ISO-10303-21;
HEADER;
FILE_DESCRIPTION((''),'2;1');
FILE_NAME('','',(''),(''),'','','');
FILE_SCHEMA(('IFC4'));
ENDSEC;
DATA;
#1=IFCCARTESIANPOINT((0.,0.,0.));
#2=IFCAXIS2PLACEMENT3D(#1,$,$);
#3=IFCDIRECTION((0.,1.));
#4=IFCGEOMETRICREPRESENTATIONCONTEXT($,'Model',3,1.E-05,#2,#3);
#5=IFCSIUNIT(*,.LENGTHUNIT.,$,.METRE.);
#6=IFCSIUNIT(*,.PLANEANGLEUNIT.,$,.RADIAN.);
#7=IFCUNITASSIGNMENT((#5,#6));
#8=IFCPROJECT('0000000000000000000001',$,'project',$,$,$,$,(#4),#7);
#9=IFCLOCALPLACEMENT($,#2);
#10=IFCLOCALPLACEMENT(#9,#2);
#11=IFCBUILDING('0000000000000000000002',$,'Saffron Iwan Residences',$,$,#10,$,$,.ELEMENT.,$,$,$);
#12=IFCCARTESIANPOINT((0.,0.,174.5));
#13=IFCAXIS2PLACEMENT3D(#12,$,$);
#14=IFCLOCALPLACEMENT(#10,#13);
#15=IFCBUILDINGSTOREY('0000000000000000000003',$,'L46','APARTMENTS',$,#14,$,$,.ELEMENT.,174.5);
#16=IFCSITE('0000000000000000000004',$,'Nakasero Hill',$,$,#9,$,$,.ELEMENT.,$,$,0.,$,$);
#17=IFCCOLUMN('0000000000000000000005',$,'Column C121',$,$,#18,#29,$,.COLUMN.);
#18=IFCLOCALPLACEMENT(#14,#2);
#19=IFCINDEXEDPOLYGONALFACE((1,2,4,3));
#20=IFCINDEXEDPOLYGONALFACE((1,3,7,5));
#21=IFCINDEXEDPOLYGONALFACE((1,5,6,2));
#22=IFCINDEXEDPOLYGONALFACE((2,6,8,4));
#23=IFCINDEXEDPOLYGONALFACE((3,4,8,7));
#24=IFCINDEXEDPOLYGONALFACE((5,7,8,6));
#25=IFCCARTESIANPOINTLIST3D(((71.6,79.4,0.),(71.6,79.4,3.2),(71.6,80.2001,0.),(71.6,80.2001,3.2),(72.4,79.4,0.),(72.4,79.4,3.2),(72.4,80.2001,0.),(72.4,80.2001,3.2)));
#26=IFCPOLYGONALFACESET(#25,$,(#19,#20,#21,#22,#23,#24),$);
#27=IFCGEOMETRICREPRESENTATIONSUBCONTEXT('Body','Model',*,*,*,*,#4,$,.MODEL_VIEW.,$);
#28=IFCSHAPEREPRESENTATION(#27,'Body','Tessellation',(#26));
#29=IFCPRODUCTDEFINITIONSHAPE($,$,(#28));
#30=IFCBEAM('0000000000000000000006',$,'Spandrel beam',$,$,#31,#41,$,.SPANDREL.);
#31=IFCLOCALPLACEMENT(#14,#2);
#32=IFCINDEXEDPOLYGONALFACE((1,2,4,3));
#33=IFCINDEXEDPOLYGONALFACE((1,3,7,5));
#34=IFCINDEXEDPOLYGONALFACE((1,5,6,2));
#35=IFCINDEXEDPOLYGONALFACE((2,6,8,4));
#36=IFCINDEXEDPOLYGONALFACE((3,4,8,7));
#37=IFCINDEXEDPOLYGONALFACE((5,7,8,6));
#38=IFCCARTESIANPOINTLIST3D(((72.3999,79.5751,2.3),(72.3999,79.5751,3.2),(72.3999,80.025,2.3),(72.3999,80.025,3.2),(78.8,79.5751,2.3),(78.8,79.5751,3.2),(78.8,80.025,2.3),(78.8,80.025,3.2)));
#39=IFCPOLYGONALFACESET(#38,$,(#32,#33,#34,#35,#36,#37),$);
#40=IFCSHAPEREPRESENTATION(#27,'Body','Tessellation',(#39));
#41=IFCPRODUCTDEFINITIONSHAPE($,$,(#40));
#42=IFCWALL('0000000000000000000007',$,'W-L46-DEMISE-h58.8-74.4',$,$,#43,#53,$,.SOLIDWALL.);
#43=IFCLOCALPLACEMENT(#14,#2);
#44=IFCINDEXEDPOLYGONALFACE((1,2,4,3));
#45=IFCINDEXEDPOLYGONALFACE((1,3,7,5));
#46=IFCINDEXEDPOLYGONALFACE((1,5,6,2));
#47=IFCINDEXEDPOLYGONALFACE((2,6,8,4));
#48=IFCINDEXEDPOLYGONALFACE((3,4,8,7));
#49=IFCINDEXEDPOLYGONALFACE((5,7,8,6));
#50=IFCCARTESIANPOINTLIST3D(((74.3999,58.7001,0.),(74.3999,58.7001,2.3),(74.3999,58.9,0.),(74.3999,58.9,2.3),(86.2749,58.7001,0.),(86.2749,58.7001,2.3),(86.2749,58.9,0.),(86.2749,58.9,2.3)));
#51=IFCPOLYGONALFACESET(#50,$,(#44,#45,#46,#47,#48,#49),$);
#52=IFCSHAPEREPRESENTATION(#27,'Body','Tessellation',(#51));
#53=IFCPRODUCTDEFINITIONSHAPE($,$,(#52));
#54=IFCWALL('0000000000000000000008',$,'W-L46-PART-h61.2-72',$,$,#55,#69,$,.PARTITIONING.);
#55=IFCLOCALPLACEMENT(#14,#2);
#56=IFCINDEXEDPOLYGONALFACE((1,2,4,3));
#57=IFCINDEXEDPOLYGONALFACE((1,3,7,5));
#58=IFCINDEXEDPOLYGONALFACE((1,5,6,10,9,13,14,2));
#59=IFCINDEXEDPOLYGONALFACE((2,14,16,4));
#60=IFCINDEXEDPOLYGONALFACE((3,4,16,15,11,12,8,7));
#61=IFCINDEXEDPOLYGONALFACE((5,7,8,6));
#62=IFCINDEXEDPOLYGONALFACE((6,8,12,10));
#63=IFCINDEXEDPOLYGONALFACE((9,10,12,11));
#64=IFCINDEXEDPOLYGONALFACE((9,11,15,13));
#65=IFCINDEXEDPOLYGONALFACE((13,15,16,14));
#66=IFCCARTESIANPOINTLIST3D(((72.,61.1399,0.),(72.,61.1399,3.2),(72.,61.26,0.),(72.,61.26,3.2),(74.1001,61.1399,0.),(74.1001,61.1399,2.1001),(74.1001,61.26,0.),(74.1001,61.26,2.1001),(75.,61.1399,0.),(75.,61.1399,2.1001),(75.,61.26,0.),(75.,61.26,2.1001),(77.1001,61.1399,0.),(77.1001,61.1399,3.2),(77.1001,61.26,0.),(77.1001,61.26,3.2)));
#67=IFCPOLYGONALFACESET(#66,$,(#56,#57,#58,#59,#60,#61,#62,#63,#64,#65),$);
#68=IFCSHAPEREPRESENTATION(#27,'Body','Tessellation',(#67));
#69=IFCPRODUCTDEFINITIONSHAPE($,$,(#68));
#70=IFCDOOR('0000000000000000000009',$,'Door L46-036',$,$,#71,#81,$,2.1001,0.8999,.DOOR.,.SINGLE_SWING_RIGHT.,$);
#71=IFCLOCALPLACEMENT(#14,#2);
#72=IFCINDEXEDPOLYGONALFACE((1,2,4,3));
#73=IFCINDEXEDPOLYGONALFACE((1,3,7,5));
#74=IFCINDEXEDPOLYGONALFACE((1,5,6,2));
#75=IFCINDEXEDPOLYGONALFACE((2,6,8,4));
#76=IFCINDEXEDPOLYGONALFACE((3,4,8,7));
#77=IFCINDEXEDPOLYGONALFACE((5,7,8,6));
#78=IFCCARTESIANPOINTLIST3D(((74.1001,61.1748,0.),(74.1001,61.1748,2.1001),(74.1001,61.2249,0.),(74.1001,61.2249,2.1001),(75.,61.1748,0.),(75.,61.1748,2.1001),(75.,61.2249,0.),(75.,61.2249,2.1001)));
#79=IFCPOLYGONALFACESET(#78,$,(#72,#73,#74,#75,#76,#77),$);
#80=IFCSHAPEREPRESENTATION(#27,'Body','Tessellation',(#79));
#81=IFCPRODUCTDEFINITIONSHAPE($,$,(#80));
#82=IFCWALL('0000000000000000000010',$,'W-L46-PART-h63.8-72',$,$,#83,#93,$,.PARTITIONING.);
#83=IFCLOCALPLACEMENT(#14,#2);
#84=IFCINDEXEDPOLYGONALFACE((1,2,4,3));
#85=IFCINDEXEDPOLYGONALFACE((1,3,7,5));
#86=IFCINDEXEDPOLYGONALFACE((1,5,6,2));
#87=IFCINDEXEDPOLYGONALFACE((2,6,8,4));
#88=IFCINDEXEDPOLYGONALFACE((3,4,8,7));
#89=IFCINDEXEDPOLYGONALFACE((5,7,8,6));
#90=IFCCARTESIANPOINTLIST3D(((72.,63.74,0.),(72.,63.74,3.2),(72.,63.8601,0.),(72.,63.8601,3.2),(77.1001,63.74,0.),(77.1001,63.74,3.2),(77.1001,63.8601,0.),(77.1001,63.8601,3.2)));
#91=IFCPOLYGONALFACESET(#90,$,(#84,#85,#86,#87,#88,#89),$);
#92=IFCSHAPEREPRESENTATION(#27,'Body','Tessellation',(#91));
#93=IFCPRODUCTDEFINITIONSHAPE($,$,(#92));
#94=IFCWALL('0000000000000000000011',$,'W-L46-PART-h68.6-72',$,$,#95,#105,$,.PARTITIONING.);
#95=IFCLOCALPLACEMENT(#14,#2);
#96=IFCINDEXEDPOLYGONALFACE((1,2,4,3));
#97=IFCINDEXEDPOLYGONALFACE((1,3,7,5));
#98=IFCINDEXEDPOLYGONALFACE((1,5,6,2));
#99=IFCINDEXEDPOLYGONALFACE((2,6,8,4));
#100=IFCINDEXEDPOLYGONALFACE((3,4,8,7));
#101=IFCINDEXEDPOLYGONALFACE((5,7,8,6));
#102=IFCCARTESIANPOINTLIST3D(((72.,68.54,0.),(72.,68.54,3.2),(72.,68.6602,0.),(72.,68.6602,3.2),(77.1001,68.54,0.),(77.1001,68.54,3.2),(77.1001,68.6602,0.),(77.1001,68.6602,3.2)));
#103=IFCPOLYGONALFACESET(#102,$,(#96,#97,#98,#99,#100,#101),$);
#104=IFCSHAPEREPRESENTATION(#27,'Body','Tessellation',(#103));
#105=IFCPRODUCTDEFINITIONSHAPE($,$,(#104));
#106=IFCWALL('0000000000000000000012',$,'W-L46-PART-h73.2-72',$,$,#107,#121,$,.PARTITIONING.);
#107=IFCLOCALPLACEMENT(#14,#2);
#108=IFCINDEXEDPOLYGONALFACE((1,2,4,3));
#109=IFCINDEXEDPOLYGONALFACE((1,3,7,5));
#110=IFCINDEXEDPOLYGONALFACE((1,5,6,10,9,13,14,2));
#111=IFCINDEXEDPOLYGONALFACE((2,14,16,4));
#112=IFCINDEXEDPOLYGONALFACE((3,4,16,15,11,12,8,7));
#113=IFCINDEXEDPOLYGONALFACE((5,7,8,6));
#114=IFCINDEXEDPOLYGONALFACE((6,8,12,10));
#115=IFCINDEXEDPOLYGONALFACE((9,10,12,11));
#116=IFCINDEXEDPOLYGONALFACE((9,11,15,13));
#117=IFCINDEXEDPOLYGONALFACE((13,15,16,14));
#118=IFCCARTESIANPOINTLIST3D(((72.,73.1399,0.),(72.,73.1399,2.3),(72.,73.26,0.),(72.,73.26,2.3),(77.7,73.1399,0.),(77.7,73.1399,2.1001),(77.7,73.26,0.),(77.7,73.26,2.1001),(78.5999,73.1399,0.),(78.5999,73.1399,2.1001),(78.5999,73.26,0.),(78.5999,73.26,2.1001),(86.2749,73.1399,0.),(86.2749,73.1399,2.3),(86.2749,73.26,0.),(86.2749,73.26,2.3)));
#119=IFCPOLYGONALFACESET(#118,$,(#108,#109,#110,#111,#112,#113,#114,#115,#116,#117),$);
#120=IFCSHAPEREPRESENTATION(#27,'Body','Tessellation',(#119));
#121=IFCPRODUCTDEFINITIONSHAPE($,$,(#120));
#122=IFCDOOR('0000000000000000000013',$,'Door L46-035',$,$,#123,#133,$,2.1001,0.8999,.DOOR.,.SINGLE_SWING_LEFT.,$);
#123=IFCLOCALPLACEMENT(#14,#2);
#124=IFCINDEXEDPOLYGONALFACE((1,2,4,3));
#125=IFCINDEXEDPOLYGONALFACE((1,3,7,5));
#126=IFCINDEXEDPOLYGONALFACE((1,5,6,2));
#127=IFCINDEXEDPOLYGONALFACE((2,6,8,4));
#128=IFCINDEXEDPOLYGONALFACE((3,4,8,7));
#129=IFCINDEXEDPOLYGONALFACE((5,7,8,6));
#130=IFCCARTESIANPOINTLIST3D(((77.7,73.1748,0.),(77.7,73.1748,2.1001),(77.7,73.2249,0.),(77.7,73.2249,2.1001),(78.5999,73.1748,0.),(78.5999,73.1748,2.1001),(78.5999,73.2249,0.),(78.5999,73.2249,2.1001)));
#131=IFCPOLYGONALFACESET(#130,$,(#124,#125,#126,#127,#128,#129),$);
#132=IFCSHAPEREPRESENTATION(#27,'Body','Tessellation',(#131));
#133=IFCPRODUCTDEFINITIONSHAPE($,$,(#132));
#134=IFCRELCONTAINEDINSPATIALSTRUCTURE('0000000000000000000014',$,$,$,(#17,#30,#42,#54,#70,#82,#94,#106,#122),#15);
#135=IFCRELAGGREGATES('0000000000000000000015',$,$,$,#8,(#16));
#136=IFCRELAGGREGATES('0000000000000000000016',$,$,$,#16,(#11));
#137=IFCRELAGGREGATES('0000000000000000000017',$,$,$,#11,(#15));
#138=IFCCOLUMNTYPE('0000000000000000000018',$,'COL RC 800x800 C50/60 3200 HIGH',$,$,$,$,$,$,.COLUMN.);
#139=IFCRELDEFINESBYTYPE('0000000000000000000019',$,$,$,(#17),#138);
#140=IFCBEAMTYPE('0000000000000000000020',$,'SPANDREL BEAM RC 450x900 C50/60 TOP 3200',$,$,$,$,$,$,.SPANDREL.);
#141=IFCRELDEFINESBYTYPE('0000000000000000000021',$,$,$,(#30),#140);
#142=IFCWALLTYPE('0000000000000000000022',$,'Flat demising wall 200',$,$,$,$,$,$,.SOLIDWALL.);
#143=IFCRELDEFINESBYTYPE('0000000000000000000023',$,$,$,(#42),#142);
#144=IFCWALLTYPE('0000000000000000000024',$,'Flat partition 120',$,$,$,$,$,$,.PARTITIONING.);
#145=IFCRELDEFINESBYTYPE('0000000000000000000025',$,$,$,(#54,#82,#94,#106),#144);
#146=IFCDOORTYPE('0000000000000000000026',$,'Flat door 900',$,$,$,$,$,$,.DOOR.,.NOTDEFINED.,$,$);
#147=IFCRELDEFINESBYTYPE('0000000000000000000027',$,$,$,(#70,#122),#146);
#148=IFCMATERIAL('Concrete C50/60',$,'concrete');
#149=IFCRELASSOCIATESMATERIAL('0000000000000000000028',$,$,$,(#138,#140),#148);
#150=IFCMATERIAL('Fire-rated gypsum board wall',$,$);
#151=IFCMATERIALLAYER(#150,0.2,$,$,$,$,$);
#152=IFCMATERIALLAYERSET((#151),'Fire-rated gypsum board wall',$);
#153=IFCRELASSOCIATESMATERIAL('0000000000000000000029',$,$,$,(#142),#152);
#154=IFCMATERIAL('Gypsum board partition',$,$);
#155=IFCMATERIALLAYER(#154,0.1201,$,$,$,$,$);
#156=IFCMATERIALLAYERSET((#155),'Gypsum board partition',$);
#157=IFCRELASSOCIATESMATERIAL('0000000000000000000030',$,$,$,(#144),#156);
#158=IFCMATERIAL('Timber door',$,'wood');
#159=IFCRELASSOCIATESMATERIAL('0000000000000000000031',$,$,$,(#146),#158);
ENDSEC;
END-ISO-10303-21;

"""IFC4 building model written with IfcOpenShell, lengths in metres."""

from ifc_helpers import new_model, si_unit, direction, frame, frame_2d, origin, origin_2d, place, context, subcontext, project, spatial, rectangle, extrude, source, transform, mapped, material, layer, layer_set, material_profile, profile_set, type_object, element, fill, save


model = new_model("IFC4")

# Units and contexts
model_context = context("Model", 3, precision=1e-05, world=origin(), true_north=direction((0.0, 1.0)))
body_context = subcontext(model_context, "Body", "Model", "MODEL_VIEW")
ifc_project = project(units=[si_unit("LENGTHUNIT", "METRE"), si_unit("PLANEANGLEUNIT", "RADIAN")], contexts=[model_context])

# Site, building, storey
site_placement = place(None, origin())
site = spatial("IfcSite", under=ifc_project, at=site_placement, Name="Nakasero Hill", CompositionType="ELEMENT", RefElevation=0.0)
building_placement = place(site_placement, origin())
building = spatial("IfcBuilding", under=site, at=building_placement, Name="Saffron Iwan Residences", CompositionType="ELEMENT")
storey_placement = place(building_placement, frame((0.0, 0.0, 174.5)))
storey = spatial("IfcBuildingStorey", under=building, at=storey_placement, Name="L46", Description="APARTMENTS", CompositionType="ELEMENT", Elevation=174.5)

# Column
ifc_material_1 = material(Name="Concrete C50/60", Category="concrete")
ifc_material_profile_1 = material_profile(ifc_material_1, rectangle(XDim=0.8, YDim=0.8, at=origin_2d()), Name="RC 800x800")
ifc_profile_set_1 = profile_set([ifc_material_profile_1], Name="Concrete C50/60")
column_type = type_object("IfcColumnType", Name="COL RC 800x800 C50/60 3200 HIGH", PredefinedType="COLUMN", material=ifc_profile_set_1)
shared_shape_1 = source(origin(), body_context, "Body", "SweptSolid", [
    extrude(rectangle(XDim=0.8, YDim=0.8, at=origin_2d()), origin(), (0.0, 0.0, 1.0), 3.2),
])
column_placement = place(storey_placement, frame((72.0, 79.8, 0.0), z_axis=(0.0, 0.0, 1.0), x_axis=(1.0, 0.0, 0.0)))
element("IfcColumn", 1, at=column_placement, inside=storey, type_object=column_type, Name="Column C121", PredefinedType="COLUMN", context=body_context, shape_type="MappedRepresentation", body=[
    mapped(shared_shape_1, transform((0.0, 0.0, 0.0))),
])

# Beam
ifc_material_profile_2 = material_profile(ifc_material_1, rectangle(XDim=0.45, YDim=0.8999, at=origin_2d()), Name="RC 450x900")
ifc_profile_set_2 = profile_set([ifc_material_profile_2], Name="Concrete C50/60")
beam_type = type_object("IfcBeamType", Name="SPANDREL BEAM RC 450x900 C50/60 TOP 3200", PredefinedType="SPANDREL", material=ifc_profile_set_2)
shared_shape_2 = source(origin(), body_context, "Body", "SweptSolid", [
    extrude(rectangle(XDim=0.45, YDim=0.8999, at=origin_2d()), origin(), (0.0, 0.0, 1.0), 6.4001),
])
beam_placement = place(storey_placement, frame((72.3999, 79.8, 2.75), z_axis=(1.0, 0.0, 0.0), x_axis=(0.0, 1.0, 0.0)))
element("IfcBeam", 2, at=beam_placement, inside=storey, type_object=beam_type, Name="Spandrel beam", PredefinedType="SPANDREL", context=body_context, shape_type="MappedRepresentation", body=[
    mapped(shared_shape_2, transform((0.0, 0.0, 0.0))),
])

# Wall
ifc_material_2 = material(Name="Fire-rated gypsum board wall")
ifc_layer_1 = layer(ifc_material_2, 0.2)
ifc_layer_set_1 = layer_set([ifc_layer_1], Name="Fire-rated gypsum board wall")
wall_type_1 = type_object("IfcWallType", Name="Flat demising wall 200", PredefinedType="SOLIDWALL", material=ifc_layer_set_1)
wall_1_placement = place(storey_placement, frame((74.3999, 58.8, 0.0), z_axis=(0.0, 0.0, 1.0), x_axis=(1.0, 0.0, 0.0)))
element("IfcWall", 3, at=wall_1_placement, inside=storey, type_object=wall_type_1, Name="W-L46-DEMISE-h58.8-74.4", PredefinedType="SOLIDWALL", context=body_context, shape_type="SweptSolid", body=[
    extrude(rectangle(XDim=11.875, YDim=0.2, at=frame_2d((5.9375, 0.0))), origin(), (0.0, 0.0, 1.0), 2.3),
])

# Wall, opening, door
ifc_material_3 = material(Name="Gypsum board partition")
ifc_layer_2 = layer(ifc_material_3, 0.1201)
ifc_layer_set_2 = layer_set([ifc_layer_2], Name="Gypsum board partition")
wall_type_2 = type_object("IfcWallType", Name="Flat partition 120", PredefinedType="PARTITIONING", material=ifc_layer_set_2)
wall_2_placement = place(storey_placement, frame((72.0, 61.2, 0.0), z_axis=(0.0, 0.0, 1.0), x_axis=(1.0, 0.0, 0.0)))
wall_2 = element("IfcWall", 4, at=wall_2_placement, inside=storey, type_object=wall_type_2, Name="W-L46-PART-h61.2-72", PredefinedType="PARTITIONING", context=body_context, shape_type="SweptSolid", body=[
    extrude(rectangle(XDim=5.1001, YDim=0.1201, at=frame_2d((2.55, 0.0))), origin(), (0.0, 0.0, 1.0), 3.2),
])
opening_1_placement = place(wall_2_placement, frame((2.1001, 0.0, 0.0)))
opening_1 = element("IfcOpeningElement", 5, at=opening_1_placement, cuts=wall_2, PredefinedType="OPENING", context=body_context, shape_type="SweptSolid", body=[
    extrude(rectangle(XDim=0.8999, YDim=2.1001, at=frame_2d((0.45, 1.05))), frame((0.0, 0.0701, 0.0), z_axis=(0.0, -1.0, 0.0), x_axis=(1.0, 0.0, 0.0)), (0.0, 0.0, 1.0), 0.1401),
])
ifc_material_4 = material(Name="Timber door", Category="wood")
door_type_1 = type_object("IfcDoorType", Name="Flat door 900", OperationType="NOTDEFINED", PredefinedType="DOOR", material=ifc_material_4)
door_1_placement = place(opening_1_placement, origin())
door_1 = element("IfcDoor", 6, at=door_1_placement, inside=storey, type_object=door_type_1, Name="Door L46-036", OperationType="SINGLE_SWING_RIGHT", OverallHeight=2.1001, OverallWidth=0.8999, PredefinedType="DOOR", context=body_context, shape_type="SweptSolid", body=[
    extrude(rectangle(XDim=0.8999, YDim=2.1001, at=frame_2d((0.45, 1.05))), frame((0.0, 0.0249, 0.0), z_axis=(0.0, -1.0, 0.0), x_axis=(1.0, 0.0, 0.0)), (0.0, 0.0, 1.0), 0.05),
])
fill(opening_1, door_1)

# Walls
for number, where, z_axis, x_axis, name in (
    (7, (72.0, 63.8, 0.0), (0.0, 0.0, 1.0), (1.0, 0.0, 0.0), "W-L46-PART-h63.8-72"),
    (8, (72.0, 68.6001, 0.0), (0.0, 0.0, 1.0), (1.0, 0.0, 0.0), "W-L46-PART-h68.6-72"),
):
    element("IfcWall", number, at=place(storey_placement, frame(where, z_axis=z_axis, x_axis=x_axis)), inside=storey, type_object=wall_type_2, Name=name, PredefinedType="PARTITIONING", context=body_context, shape_type="SweptSolid", body=[
        extrude(rectangle(XDim=5.1001, YDim=0.1201, at=frame_2d((2.55, 0.0))), origin(), (0.0, 0.0, 1.0), 3.2),
    ])

# Wall, opening, door
wall_3_placement = place(storey_placement, frame((72.0, 73.2, 0.0), z_axis=(0.0, 0.0, 1.0), x_axis=(1.0, 0.0, 0.0)))
wall_3 = element("IfcWall", 9, at=wall_3_placement, inside=storey, type_object=wall_type_2, Name="W-L46-PART-h73.2-72", PredefinedType="PARTITIONING", context=body_context, shape_type="SweptSolid", body=[
    extrude(rectangle(XDim=14.2749, YDim=0.1201, at=frame_2d((7.1375, 0.0))), origin(), (0.0, 0.0, 1.0), 2.3),
])
opening_2_placement = place(wall_3_placement, frame((5.7, 0.0, 0.0)))
opening_2 = element("IfcOpeningElement", 10, at=opening_2_placement, cuts=wall_3, PredefinedType="OPENING", context=body_context, shape_type="SweptSolid", body=[
    extrude(rectangle(XDim=0.8999, YDim=2.1001, at=frame_2d((0.45, 1.05))), frame((0.0, 0.0701, 0.0), z_axis=(0.0, -1.0, 0.0), x_axis=(1.0, 0.0, 0.0)), (0.0, 0.0, 1.0), 0.1401),
])
door_2_placement = place(opening_2_placement, origin())
door_2 = element("IfcDoor", 11, at=door_2_placement, inside=storey, type_object=door_type_1, Name="Door L46-035", OperationType="SINGLE_SWING_LEFT", OverallHeight=2.1001, OverallWidth=0.8999, PredefinedType="DOOR", context=body_context, shape_type="SweptSolid", body=[
    extrude(rectangle(XDim=0.8999, YDim=2.1001, at=frame_2d((0.45, 1.05))), frame((0.0, 0.0249, 0.0), z_axis=(0.0, -1.0, 0.0), x_axis=(1.0, 0.0, 0.0)), (0.0, 0.0, 1.0), 0.05),
])
fill(opening_2, door_2)

save(model, "model.ifc")
